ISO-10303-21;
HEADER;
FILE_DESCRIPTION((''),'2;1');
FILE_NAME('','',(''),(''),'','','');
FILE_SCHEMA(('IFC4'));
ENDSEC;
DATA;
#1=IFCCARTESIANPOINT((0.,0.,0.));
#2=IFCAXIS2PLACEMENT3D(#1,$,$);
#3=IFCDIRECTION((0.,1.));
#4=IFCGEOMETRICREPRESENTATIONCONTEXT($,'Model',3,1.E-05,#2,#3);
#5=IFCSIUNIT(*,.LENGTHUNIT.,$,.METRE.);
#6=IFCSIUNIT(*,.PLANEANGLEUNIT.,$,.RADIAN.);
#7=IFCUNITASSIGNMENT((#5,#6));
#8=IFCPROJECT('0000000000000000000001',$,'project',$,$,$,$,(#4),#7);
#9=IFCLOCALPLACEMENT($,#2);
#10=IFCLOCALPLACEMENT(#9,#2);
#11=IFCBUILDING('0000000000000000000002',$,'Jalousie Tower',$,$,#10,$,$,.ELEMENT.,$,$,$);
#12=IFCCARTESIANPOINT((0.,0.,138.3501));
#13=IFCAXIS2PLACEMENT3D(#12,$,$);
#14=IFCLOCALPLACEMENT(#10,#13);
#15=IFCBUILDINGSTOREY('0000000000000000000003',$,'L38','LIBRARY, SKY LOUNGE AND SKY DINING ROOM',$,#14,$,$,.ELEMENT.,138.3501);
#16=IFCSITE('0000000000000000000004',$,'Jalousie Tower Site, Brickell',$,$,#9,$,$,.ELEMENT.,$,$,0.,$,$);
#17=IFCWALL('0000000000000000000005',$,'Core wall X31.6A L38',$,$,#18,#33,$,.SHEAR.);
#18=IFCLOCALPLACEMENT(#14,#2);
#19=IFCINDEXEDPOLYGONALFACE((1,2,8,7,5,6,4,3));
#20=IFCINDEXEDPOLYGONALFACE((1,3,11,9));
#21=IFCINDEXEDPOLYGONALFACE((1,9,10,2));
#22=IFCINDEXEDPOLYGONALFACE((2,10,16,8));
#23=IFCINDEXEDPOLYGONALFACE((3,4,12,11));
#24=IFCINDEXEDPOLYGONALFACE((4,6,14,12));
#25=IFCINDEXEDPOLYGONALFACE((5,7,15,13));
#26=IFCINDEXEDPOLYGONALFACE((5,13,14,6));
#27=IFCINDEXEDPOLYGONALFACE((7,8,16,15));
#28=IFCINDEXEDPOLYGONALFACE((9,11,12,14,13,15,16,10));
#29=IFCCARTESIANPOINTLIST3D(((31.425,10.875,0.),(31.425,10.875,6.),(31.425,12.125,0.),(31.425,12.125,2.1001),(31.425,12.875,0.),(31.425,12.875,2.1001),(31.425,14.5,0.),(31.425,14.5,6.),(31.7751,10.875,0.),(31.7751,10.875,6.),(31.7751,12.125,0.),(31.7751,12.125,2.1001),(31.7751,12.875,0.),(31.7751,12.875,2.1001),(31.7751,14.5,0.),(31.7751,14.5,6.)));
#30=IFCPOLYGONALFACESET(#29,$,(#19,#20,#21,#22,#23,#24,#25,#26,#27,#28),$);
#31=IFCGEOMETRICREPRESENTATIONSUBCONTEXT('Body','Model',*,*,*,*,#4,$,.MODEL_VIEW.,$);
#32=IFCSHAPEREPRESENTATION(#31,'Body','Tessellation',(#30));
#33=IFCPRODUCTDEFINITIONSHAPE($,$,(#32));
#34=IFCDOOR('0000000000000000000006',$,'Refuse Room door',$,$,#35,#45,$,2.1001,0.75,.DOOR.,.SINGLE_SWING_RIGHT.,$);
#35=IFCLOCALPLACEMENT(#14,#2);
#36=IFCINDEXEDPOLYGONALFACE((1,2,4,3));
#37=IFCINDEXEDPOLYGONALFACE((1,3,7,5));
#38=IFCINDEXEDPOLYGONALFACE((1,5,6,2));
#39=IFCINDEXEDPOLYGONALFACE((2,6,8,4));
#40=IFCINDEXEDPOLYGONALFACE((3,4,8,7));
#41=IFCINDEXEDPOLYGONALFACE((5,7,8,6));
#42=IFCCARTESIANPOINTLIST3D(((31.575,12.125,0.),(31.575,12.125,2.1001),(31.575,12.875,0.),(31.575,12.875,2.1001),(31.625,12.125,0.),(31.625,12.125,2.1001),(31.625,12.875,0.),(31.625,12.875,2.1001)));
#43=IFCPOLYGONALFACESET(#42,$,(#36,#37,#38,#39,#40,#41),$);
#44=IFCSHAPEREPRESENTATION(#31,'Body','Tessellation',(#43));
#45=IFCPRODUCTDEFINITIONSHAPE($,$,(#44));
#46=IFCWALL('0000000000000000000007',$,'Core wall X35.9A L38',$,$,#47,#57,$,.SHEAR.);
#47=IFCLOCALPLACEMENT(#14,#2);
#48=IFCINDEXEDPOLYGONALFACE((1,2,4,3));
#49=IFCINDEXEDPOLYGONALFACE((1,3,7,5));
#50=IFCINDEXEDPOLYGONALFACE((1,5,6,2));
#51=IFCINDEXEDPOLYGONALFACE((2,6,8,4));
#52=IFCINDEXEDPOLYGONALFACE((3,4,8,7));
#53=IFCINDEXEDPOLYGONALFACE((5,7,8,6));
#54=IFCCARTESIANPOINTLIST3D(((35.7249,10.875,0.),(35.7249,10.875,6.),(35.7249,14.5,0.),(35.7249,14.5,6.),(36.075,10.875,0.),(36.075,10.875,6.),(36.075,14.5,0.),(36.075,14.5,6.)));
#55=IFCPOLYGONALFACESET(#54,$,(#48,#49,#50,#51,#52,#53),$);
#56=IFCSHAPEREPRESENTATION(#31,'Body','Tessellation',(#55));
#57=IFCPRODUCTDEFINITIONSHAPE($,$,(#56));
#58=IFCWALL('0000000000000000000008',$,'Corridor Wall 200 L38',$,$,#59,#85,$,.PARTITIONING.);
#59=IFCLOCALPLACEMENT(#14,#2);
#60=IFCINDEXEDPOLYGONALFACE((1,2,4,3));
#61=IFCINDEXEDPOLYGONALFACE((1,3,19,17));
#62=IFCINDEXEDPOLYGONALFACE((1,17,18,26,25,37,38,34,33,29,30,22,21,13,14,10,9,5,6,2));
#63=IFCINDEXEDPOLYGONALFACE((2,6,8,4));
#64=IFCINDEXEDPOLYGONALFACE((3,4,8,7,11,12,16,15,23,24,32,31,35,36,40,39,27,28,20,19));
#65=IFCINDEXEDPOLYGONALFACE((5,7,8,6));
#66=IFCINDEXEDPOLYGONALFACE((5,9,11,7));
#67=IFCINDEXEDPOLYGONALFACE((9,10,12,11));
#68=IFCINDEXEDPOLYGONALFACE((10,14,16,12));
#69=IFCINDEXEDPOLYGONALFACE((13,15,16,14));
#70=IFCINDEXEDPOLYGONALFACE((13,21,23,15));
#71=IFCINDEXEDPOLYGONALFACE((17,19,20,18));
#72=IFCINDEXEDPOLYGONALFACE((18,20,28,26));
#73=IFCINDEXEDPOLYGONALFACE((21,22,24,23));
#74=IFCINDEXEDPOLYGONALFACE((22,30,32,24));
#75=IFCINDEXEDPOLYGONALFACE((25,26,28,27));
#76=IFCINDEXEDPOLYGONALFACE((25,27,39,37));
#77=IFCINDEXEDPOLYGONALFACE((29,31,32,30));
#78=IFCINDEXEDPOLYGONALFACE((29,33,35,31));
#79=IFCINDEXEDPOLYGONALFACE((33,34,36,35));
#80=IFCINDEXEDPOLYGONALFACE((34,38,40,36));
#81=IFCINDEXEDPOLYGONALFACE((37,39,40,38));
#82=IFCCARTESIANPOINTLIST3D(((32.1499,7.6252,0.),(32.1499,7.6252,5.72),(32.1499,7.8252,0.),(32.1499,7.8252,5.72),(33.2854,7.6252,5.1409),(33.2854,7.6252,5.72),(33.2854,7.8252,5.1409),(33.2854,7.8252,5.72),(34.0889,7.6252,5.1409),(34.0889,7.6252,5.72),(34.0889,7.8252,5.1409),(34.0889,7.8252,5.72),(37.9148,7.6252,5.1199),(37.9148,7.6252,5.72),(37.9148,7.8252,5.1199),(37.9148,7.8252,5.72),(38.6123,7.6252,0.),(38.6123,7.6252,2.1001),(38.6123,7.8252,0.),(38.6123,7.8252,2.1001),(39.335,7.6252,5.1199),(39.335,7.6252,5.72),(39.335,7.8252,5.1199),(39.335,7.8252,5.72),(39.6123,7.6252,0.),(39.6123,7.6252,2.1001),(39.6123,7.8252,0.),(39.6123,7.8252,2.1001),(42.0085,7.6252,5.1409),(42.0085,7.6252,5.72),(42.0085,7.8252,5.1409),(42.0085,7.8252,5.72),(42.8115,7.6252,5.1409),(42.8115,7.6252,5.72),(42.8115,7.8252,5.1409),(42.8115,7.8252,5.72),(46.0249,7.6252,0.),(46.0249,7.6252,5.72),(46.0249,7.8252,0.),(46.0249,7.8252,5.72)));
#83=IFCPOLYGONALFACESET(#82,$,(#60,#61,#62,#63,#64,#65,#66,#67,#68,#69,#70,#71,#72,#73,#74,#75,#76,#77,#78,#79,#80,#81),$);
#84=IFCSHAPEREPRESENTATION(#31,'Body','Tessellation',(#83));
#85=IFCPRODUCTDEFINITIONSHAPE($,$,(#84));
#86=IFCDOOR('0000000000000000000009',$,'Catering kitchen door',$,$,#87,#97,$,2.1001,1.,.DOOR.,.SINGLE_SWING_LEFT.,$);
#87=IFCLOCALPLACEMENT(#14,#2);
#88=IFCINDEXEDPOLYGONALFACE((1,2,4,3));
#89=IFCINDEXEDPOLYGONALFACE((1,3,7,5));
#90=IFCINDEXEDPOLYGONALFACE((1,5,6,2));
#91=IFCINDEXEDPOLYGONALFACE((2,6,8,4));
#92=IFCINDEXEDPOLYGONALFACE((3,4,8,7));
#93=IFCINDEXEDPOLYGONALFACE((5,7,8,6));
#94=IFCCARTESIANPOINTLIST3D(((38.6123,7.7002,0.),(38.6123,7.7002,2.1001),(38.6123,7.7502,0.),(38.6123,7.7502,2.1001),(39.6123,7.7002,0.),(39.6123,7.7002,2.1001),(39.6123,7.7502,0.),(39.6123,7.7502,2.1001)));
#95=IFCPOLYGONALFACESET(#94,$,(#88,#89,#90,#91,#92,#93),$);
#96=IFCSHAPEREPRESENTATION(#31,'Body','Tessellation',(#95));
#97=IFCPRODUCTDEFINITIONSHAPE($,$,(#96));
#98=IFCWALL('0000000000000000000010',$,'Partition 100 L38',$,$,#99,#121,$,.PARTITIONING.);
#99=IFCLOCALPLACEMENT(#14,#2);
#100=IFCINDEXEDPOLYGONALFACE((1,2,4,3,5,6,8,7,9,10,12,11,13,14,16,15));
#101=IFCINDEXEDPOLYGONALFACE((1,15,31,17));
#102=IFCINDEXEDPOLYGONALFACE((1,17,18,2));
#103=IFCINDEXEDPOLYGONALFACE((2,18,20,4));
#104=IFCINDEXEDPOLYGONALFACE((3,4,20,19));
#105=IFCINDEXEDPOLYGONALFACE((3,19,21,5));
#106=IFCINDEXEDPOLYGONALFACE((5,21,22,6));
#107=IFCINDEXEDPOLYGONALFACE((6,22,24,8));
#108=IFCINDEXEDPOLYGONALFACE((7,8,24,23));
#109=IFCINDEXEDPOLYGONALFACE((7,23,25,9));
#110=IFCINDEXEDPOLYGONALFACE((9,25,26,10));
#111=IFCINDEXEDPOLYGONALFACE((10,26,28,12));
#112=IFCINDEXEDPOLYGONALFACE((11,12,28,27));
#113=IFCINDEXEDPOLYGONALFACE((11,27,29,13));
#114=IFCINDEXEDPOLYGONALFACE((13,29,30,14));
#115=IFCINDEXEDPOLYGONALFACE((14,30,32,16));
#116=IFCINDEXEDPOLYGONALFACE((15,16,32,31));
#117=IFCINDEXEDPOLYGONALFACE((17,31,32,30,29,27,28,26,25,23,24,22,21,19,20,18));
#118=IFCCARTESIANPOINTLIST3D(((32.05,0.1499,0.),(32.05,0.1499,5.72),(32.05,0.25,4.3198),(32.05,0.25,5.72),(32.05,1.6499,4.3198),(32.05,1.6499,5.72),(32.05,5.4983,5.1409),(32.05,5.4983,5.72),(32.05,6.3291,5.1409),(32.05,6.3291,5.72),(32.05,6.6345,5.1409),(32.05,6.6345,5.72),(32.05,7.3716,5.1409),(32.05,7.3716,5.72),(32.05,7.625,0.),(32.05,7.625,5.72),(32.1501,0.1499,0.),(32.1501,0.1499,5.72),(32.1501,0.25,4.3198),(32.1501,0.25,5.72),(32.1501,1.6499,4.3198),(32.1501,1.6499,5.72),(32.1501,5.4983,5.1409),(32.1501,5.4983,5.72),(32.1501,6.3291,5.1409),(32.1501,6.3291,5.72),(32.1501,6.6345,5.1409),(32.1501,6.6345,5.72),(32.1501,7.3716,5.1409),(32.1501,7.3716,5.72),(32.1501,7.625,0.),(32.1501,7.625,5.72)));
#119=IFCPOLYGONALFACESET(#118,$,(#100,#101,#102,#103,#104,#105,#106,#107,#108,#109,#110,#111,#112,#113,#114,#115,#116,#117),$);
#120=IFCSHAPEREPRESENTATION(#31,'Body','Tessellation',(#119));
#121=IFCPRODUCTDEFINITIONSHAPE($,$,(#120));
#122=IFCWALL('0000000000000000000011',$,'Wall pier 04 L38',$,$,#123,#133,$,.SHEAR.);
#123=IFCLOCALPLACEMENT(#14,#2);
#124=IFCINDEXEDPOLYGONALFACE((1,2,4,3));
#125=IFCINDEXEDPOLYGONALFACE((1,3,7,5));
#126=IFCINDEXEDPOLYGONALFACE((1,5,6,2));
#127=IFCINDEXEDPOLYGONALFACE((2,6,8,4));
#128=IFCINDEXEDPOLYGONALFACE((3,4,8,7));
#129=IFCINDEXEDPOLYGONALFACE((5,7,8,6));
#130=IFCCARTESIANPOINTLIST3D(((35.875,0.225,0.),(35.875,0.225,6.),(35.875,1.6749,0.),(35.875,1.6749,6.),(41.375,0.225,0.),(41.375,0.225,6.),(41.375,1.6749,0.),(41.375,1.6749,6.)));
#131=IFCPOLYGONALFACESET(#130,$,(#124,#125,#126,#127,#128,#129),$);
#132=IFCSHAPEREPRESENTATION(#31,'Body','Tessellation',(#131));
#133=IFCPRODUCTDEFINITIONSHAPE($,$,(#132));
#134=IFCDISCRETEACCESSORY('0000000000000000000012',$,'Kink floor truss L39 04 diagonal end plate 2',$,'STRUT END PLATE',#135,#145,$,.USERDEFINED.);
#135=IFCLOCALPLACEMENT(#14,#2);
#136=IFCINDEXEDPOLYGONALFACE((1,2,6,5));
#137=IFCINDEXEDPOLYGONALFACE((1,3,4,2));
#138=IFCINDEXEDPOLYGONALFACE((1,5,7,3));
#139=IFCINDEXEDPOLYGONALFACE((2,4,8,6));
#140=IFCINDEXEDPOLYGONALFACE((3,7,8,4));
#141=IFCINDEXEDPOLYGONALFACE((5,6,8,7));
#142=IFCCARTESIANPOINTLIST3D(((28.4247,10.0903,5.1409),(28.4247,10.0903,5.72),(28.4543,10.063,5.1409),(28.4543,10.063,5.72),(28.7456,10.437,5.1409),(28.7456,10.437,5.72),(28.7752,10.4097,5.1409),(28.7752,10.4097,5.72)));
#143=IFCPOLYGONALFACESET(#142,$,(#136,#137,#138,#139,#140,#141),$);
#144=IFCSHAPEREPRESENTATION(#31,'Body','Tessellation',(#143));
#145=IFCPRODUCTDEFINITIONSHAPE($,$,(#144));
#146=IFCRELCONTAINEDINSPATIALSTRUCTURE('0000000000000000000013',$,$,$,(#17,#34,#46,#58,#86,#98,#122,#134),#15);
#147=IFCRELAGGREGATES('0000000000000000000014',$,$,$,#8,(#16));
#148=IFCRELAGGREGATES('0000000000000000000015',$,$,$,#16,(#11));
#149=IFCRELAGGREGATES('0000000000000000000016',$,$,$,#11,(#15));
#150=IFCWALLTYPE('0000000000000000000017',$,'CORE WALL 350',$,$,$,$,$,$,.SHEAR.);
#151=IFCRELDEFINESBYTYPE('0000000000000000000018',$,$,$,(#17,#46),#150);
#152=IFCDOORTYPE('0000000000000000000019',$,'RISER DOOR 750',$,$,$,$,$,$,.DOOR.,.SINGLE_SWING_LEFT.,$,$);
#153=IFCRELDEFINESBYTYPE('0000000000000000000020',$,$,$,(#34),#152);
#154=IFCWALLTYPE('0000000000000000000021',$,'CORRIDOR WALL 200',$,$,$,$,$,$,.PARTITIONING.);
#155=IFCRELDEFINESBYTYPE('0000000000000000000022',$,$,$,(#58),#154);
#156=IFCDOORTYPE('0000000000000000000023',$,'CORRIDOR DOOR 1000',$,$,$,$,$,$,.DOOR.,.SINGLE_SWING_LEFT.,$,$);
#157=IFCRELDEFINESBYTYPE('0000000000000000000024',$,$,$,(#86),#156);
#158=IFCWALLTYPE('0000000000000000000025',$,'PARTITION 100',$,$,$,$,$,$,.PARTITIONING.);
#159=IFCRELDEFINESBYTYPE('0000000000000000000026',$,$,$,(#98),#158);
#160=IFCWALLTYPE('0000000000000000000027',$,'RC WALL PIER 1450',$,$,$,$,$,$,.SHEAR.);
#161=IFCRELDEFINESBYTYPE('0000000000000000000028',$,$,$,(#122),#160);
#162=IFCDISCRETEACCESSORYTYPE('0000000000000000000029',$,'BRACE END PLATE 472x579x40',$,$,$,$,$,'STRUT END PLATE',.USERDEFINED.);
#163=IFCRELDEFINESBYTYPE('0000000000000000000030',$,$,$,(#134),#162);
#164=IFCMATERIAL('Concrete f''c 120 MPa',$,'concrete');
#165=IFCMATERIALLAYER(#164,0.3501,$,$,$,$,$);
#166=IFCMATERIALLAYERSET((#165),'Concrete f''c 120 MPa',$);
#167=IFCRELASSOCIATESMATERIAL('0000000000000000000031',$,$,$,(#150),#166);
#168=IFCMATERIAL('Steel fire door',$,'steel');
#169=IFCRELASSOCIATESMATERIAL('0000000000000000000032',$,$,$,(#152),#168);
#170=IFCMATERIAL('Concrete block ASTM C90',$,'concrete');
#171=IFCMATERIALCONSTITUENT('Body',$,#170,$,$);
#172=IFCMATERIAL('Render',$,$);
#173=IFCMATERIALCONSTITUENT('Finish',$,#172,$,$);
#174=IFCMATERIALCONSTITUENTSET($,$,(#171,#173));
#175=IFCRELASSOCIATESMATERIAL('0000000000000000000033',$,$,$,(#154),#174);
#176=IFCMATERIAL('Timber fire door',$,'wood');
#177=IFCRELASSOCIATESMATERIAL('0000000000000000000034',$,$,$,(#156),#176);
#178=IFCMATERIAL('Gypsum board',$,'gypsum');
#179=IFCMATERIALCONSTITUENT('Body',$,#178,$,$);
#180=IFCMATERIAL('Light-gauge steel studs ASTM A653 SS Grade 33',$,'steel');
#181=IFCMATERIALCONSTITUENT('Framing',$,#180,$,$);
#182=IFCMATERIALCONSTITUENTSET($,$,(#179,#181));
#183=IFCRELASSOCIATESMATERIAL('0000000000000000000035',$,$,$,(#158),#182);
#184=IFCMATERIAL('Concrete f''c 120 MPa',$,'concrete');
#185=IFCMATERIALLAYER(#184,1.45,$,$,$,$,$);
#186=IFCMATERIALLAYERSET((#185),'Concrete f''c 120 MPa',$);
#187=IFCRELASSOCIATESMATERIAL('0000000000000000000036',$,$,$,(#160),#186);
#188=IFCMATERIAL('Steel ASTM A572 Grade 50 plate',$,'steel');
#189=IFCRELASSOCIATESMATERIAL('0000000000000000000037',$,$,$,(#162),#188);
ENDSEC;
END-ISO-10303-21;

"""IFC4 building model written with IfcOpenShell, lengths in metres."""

from ifc_helpers import new_model, si_unit, direction, frame, frame_2d, origin, origin_2d, place, context, subcontext, project, spatial, polyline, rectangle, outline, extrude, material, layer, layer_set, constituent, constituent_set, material_profile, profile_set, type_object, element, fill, save


model = new_model("IFC4")

# Units and contexts
model_context = context("Model", 3, precision=1e-05, world=origin(), true_north=direction((0.0, 1.0)))
body_context = subcontext(model_context, "Body", "Model", "MODEL_VIEW")
ifc_project = project(units=[si_unit("LENGTHUNIT", "METRE"), si_unit("PLANEANGLEUNIT", "RADIAN")], contexts=[model_context])

# Site, building, storey
site_placement = place(None, origin())
site = spatial("IfcSite", under=ifc_project, at=site_placement, Name="Jalousie Tower Site, Brickell", CompositionType="ELEMENT", RefElevation=0.0)
building_placement = place(site_placement, origin())
building = spatial("IfcBuilding", under=site, at=building_placement, Name="Jalousie Tower", CompositionType="ELEMENT")
storey_placement = place(building_placement, frame((0.0, 0.0, 138.3501)))
storey = spatial("IfcBuildingStorey", under=building, at=storey_placement, Name="L38", Description="LIBRARY, SKY LOUNGE AND SKY DINING ROOM", CompositionType="ELEMENT", Elevation=138.3501)

# Wall, opening, door
ifc_material_1 = material(Name="Concrete f'c 120 MPa", Category="concrete")
ifc_layer_1 = layer(ifc_material_1, 0.3501)
ifc_layer_set_1 = layer_set([ifc_layer_1], Name="Concrete f'c 120 MPa")
wall_type_1 = type_object("IfcWallType", Name="CORE WALL 350", PredefinedType="SHEAR", material=ifc_layer_set_1)
wall_1_placement = place(storey_placement, frame((31.6001, 10.875, 0.0), z_axis=(0.0, 0.0, 1.0), x_axis=(0.0, 1.0, 0.0)))
wall_1 = element("IfcWall", 1, at=wall_1_placement, inside=storey, type_object=wall_type_1, Name="Core wall X31.6A L38", PredefinedType="SHEAR", context=body_context, shape_type="SweptSolid", body=[
    extrude(rectangle(XDim=3.625, YDim=0.3501, at=frame_2d((1.8125, 0.0))), origin(), (0.0, 0.0, 1.0), 6.0),
])
opening_1_placement = place(wall_1_placement, frame((1.25, 0.0, 0.0)))
opening_1 = element("IfcOpeningElement", 2, at=opening_1_placement, cuts=wall_1, PredefinedType="OPENING", context=body_context, shape_type="SweptSolid", body=[
    extrude(rectangle(XDim=0.75, YDim=2.1001, at=frame_2d((0.375, 1.05))), frame((0.0, 0.1851, 0.0), z_axis=(0.0, -1.0, 0.0), x_axis=(1.0, 0.0, 0.0)), (0.0, 0.0, 1.0), 0.3701),
])
ifc_material_2 = material(Name="Steel fire door", Category="steel")
door_type_1 = type_object("IfcDoorType", Name="RISER DOOR 750", OperationType="SINGLE_SWING_LEFT", PredefinedType="DOOR", material=ifc_material_2)
door_1_placement = place(opening_1_placement, frame((0.75, 0.0, 0.0), z_axis=(0.0, 0.0, 1.0), x_axis=(-1.0, 0.0, 0.0)))
door_1 = element("IfcDoor", 3, at=door_1_placement, inside=storey, type_object=door_type_1, Name="Refuse Room door", OperationType="SINGLE_SWING_RIGHT", OverallHeight=2.1001, OverallWidth=0.75, PredefinedType="DOOR", context=body_context, shape_type="SweptSolid", body=[
    extrude(rectangle(XDim=0.75, YDim=2.1001, at=frame_2d((0.375, 1.05))), frame((0.0, 0.0249, 0.0), z_axis=(0.0, -1.0, 0.0), x_axis=(1.0, 0.0, 0.0)), (0.0, 0.0, 1.0), 0.05),
])
fill(opening_1, door_1)

# Wall
wall_2_placement = place(storey_placement, frame((35.8999, 10.875, 0.0), z_axis=(0.0, 0.0, 1.0), x_axis=(0.0, 1.0, 0.0)))
element("IfcWall", 4, at=wall_2_placement, inside=storey, type_object=wall_type_1, Name="Core wall X35.9A L38", PredefinedType="SHEAR", context=body_context, shape_type="SweptSolid", body=[
    extrude(rectangle(XDim=3.625, YDim=0.3501, at=frame_2d((1.8125, 0.0))), origin(), (0.0, 0.0, 1.0), 6.0),
])

# Wall, opening, door
ifc_material_3 = material(Name="Concrete block ASTM C90", Category="concrete")
ifc_constituent_1 = constituent(ifc_material_3, Name="Body")
ifc_material_4 = material(Name="Render")
ifc_constituent_2 = constituent(ifc_material_4, Name="Finish")
ifc_constituent_set_1 = constituent_set(constituents=[ifc_constituent_1, ifc_constituent_2])
wall_type_2 = type_object("IfcWallType", Name="CORRIDOR WALL 200", PredefinedType="PARTITIONING", material=ifc_constituent_set_1)
wall_3_placement = place(storey_placement, frame((32.1499, 7.7251, 0.0), z_axis=(0.0, 0.0, 1.0), x_axis=(1.0, 0.0, 0.0)))
wall_3 = element("IfcWall", 5, at=wall_3_placement, inside=storey, type_object=wall_type_2, Name="Corridor Wall 200 L38", PredefinedType="PARTITIONING", context=body_context, shape_type="SweptSolid", body=[
    extrude(outline(polyline([(0.0, 0.0), (13.875, 0.0), (13.875, 5.72), (10.6616, 5.72), (10.6616, 5.1409), (9.8586, 5.1409), (9.8586, 5.72), (7.1851, 5.72), (7.1851, 5.1199), (5.7649, 5.1199), (5.7649, 5.72), (1.939, 5.72), (1.939, 5.1409), (1.1355, 5.1409), (1.1355, 5.72), (0.0, 5.72), (0.0, 0.0)])), frame((0.0, 0.1001, 0.0), z_axis=(0.0, -1.0, 0.0), x_axis=(1.0, 0.0, 0.0)), (0.0, 0.0, 1.0), 0.2),
])
opening_2_placement = place(wall_3_placement, frame((6.4624, 0.0, 0.0)))
opening_2 = element("IfcOpeningElement", 6, at=opening_2_placement, cuts=wall_3, PredefinedType="OPENING", context=body_context, shape_type="SweptSolid", body=[
    extrude(rectangle(XDim=1.0, YDim=2.1001, at=frame_2d((0.5, 1.05))), frame((0.0, 0.1099, 0.0), z_axis=(0.0, -1.0, 0.0), x_axis=(1.0, 0.0, 0.0)), (0.0, 0.0, 1.0), 0.22),
])
ifc_material_5 = material(Name="Timber fire door", Category="wood")
door_type_2 = type_object("IfcDoorType", Name="CORRIDOR DOOR 1000", OperationType="SINGLE_SWING_LEFT", PredefinedType="DOOR", material=ifc_material_5)
door_2_placement = place(opening_2_placement, frame((1.0, 0.0, 0.0), z_axis=(0.0, 0.0, 1.0), x_axis=(-1.0, 0.0, 0.0)))
door_2 = element("IfcDoor", 7, at=door_2_placement, inside=storey, type_object=door_type_2, Name="Catering kitchen door", OperationType="SINGLE_SWING_LEFT", OverallHeight=2.1001, OverallWidth=1.0, PredefinedType="DOOR", context=body_context, shape_type="SweptSolid", body=[
    extrude(rectangle(XDim=1.0, YDim=2.1001, at=frame_2d((0.5, 1.05))), frame((0.0, 0.0249, 0.0), z_axis=(0.0, -1.0, 0.0), x_axis=(1.0, 0.0, 0.0)), (0.0, 0.0, 1.0), 0.05),
])
fill(opening_2, door_2)

# Walls
ifc_material_6 = material(Name="Gypsum board", Category="gypsum")
ifc_constituent_3 = constituent(ifc_material_6, Name="Body")
ifc_material_7 = material(Name="Light-gauge steel studs ASTM A653 SS Grade 33", Category="steel")
ifc_constituent_4 = constituent(ifc_material_7, Name="Framing")
ifc_constituent_set_2 = constituent_set(constituents=[ifc_constituent_3, ifc_constituent_4])
wall_type_3 = type_object("IfcWallType", Name="PARTITION 100", PredefinedType="PARTITIONING", material=ifc_constituent_set_2)
wall_4_placement = place(storey_placement, frame((32.1001, 0.1499, 0.0), z_axis=(0.0, 0.0, 1.0), x_axis=(0.0, 1.0, 0.0)))
element("IfcWall", 8, at=wall_4_placement, inside=storey, type_object=wall_type_3, Name="Partition 100 L38", PredefinedType="PARTITIONING", context=body_context, shape_type="SweptSolid", body=[
    extrude(outline(polyline([(0.0, 0.0), (7.4751, 0.0), (7.4751, 5.72), (7.2217, 5.72), (7.2217, 5.1409), (6.4846, 5.1409), (6.4846, 5.72), (6.1792, 5.72), (6.1792, 5.1409), (5.3484, 5.1409), (5.3484, 5.72), (1.5, 5.72), (1.5, 4.3198), (0.1001, 4.3198), (0.1001, 5.72), (0.0, 5.72), (0.0, 0.0)])), frame((0.0, 0.05, 0.0), z_axis=(0.0, -1.0, 0.0), x_axis=(1.0, 0.0, 0.0)), (0.0, 0.0, 1.0), 0.1001),
])
ifc_material_8 = material(Name="Concrete f'c 120 MPa", Category="concrete")
ifc_layer_2 = layer(ifc_material_8, 1.45)
ifc_layer_set_2 = layer_set([ifc_layer_2], Name="Concrete f'c 120 MPa")
wall_type_4 = type_object("IfcWallType", Name="RC WALL PIER 1450", PredefinedType="SHEAR", material=ifc_layer_set_2)
wall_5_placement = place(storey_placement, frame((35.875, 0.95, 0.0), z_axis=(0.0, 0.0, 1.0), x_axis=(1.0, 0.0, 0.0)))
element("IfcWall", 9, at=wall_5_placement, inside=storey, type_object=wall_type_4, Name="Wall pier 04 L38", PredefinedType="SHEAR", context=body_context, shape_type="SweptSolid", body=[
    extrude(rectangle(XDim=5.5, YDim=1.45, at=frame_2d((2.75, 0.0))), origin(), (0.0, 0.0, 1.0), 6.0),
])

# Discrete accessory
ifc_material_9 = material(Name="Steel ASTM A572 Grade 50 plate", Category="steel")
ifc_material_profile_1 = material_profile(ifc_material_9, rectangle(XDim=0.4724, YDim=0.5791, at=origin_2d()), Name="BRACE END PLATE 472x579x40")
ifc_profile_set_1 = profile_set([ifc_material_profile_1], Name="Steel ASTM A572 Grade 50 plate")
discrete_accessory_type = type_object("IfcDiscreteAccessoryType", Name="BRACE END PLATE 472x579x40", ElementType="STRUT END PLATE", PredefinedType="USERDEFINED", material=ifc_profile_set_1)
discrete_accessory_placement = place(storey_placement, frame((28.6147, 10.2363, 5.4304), z_axis=(-0.733873, 0.679287, 0.0), x_axis=(-0.679287, -0.733873, 0.0)))
element("IfcDiscreteAccessory", 10, at=discrete_accessory_placement, inside=storey, type_object=discrete_accessory_type, Name="Kink floor truss L39 04 diagonal end plate 2", ObjectType="STRUT END PLATE", PredefinedType="USERDEFINED", context=body_context, shape_type="SweptSolid", body=[
    extrude(rectangle(XDim=0.4724, YDim=0.5791, at=origin_2d()), origin(), (0.0, 0.0, 1.0), 0.0403),
])

save(model, "model.ifc")
